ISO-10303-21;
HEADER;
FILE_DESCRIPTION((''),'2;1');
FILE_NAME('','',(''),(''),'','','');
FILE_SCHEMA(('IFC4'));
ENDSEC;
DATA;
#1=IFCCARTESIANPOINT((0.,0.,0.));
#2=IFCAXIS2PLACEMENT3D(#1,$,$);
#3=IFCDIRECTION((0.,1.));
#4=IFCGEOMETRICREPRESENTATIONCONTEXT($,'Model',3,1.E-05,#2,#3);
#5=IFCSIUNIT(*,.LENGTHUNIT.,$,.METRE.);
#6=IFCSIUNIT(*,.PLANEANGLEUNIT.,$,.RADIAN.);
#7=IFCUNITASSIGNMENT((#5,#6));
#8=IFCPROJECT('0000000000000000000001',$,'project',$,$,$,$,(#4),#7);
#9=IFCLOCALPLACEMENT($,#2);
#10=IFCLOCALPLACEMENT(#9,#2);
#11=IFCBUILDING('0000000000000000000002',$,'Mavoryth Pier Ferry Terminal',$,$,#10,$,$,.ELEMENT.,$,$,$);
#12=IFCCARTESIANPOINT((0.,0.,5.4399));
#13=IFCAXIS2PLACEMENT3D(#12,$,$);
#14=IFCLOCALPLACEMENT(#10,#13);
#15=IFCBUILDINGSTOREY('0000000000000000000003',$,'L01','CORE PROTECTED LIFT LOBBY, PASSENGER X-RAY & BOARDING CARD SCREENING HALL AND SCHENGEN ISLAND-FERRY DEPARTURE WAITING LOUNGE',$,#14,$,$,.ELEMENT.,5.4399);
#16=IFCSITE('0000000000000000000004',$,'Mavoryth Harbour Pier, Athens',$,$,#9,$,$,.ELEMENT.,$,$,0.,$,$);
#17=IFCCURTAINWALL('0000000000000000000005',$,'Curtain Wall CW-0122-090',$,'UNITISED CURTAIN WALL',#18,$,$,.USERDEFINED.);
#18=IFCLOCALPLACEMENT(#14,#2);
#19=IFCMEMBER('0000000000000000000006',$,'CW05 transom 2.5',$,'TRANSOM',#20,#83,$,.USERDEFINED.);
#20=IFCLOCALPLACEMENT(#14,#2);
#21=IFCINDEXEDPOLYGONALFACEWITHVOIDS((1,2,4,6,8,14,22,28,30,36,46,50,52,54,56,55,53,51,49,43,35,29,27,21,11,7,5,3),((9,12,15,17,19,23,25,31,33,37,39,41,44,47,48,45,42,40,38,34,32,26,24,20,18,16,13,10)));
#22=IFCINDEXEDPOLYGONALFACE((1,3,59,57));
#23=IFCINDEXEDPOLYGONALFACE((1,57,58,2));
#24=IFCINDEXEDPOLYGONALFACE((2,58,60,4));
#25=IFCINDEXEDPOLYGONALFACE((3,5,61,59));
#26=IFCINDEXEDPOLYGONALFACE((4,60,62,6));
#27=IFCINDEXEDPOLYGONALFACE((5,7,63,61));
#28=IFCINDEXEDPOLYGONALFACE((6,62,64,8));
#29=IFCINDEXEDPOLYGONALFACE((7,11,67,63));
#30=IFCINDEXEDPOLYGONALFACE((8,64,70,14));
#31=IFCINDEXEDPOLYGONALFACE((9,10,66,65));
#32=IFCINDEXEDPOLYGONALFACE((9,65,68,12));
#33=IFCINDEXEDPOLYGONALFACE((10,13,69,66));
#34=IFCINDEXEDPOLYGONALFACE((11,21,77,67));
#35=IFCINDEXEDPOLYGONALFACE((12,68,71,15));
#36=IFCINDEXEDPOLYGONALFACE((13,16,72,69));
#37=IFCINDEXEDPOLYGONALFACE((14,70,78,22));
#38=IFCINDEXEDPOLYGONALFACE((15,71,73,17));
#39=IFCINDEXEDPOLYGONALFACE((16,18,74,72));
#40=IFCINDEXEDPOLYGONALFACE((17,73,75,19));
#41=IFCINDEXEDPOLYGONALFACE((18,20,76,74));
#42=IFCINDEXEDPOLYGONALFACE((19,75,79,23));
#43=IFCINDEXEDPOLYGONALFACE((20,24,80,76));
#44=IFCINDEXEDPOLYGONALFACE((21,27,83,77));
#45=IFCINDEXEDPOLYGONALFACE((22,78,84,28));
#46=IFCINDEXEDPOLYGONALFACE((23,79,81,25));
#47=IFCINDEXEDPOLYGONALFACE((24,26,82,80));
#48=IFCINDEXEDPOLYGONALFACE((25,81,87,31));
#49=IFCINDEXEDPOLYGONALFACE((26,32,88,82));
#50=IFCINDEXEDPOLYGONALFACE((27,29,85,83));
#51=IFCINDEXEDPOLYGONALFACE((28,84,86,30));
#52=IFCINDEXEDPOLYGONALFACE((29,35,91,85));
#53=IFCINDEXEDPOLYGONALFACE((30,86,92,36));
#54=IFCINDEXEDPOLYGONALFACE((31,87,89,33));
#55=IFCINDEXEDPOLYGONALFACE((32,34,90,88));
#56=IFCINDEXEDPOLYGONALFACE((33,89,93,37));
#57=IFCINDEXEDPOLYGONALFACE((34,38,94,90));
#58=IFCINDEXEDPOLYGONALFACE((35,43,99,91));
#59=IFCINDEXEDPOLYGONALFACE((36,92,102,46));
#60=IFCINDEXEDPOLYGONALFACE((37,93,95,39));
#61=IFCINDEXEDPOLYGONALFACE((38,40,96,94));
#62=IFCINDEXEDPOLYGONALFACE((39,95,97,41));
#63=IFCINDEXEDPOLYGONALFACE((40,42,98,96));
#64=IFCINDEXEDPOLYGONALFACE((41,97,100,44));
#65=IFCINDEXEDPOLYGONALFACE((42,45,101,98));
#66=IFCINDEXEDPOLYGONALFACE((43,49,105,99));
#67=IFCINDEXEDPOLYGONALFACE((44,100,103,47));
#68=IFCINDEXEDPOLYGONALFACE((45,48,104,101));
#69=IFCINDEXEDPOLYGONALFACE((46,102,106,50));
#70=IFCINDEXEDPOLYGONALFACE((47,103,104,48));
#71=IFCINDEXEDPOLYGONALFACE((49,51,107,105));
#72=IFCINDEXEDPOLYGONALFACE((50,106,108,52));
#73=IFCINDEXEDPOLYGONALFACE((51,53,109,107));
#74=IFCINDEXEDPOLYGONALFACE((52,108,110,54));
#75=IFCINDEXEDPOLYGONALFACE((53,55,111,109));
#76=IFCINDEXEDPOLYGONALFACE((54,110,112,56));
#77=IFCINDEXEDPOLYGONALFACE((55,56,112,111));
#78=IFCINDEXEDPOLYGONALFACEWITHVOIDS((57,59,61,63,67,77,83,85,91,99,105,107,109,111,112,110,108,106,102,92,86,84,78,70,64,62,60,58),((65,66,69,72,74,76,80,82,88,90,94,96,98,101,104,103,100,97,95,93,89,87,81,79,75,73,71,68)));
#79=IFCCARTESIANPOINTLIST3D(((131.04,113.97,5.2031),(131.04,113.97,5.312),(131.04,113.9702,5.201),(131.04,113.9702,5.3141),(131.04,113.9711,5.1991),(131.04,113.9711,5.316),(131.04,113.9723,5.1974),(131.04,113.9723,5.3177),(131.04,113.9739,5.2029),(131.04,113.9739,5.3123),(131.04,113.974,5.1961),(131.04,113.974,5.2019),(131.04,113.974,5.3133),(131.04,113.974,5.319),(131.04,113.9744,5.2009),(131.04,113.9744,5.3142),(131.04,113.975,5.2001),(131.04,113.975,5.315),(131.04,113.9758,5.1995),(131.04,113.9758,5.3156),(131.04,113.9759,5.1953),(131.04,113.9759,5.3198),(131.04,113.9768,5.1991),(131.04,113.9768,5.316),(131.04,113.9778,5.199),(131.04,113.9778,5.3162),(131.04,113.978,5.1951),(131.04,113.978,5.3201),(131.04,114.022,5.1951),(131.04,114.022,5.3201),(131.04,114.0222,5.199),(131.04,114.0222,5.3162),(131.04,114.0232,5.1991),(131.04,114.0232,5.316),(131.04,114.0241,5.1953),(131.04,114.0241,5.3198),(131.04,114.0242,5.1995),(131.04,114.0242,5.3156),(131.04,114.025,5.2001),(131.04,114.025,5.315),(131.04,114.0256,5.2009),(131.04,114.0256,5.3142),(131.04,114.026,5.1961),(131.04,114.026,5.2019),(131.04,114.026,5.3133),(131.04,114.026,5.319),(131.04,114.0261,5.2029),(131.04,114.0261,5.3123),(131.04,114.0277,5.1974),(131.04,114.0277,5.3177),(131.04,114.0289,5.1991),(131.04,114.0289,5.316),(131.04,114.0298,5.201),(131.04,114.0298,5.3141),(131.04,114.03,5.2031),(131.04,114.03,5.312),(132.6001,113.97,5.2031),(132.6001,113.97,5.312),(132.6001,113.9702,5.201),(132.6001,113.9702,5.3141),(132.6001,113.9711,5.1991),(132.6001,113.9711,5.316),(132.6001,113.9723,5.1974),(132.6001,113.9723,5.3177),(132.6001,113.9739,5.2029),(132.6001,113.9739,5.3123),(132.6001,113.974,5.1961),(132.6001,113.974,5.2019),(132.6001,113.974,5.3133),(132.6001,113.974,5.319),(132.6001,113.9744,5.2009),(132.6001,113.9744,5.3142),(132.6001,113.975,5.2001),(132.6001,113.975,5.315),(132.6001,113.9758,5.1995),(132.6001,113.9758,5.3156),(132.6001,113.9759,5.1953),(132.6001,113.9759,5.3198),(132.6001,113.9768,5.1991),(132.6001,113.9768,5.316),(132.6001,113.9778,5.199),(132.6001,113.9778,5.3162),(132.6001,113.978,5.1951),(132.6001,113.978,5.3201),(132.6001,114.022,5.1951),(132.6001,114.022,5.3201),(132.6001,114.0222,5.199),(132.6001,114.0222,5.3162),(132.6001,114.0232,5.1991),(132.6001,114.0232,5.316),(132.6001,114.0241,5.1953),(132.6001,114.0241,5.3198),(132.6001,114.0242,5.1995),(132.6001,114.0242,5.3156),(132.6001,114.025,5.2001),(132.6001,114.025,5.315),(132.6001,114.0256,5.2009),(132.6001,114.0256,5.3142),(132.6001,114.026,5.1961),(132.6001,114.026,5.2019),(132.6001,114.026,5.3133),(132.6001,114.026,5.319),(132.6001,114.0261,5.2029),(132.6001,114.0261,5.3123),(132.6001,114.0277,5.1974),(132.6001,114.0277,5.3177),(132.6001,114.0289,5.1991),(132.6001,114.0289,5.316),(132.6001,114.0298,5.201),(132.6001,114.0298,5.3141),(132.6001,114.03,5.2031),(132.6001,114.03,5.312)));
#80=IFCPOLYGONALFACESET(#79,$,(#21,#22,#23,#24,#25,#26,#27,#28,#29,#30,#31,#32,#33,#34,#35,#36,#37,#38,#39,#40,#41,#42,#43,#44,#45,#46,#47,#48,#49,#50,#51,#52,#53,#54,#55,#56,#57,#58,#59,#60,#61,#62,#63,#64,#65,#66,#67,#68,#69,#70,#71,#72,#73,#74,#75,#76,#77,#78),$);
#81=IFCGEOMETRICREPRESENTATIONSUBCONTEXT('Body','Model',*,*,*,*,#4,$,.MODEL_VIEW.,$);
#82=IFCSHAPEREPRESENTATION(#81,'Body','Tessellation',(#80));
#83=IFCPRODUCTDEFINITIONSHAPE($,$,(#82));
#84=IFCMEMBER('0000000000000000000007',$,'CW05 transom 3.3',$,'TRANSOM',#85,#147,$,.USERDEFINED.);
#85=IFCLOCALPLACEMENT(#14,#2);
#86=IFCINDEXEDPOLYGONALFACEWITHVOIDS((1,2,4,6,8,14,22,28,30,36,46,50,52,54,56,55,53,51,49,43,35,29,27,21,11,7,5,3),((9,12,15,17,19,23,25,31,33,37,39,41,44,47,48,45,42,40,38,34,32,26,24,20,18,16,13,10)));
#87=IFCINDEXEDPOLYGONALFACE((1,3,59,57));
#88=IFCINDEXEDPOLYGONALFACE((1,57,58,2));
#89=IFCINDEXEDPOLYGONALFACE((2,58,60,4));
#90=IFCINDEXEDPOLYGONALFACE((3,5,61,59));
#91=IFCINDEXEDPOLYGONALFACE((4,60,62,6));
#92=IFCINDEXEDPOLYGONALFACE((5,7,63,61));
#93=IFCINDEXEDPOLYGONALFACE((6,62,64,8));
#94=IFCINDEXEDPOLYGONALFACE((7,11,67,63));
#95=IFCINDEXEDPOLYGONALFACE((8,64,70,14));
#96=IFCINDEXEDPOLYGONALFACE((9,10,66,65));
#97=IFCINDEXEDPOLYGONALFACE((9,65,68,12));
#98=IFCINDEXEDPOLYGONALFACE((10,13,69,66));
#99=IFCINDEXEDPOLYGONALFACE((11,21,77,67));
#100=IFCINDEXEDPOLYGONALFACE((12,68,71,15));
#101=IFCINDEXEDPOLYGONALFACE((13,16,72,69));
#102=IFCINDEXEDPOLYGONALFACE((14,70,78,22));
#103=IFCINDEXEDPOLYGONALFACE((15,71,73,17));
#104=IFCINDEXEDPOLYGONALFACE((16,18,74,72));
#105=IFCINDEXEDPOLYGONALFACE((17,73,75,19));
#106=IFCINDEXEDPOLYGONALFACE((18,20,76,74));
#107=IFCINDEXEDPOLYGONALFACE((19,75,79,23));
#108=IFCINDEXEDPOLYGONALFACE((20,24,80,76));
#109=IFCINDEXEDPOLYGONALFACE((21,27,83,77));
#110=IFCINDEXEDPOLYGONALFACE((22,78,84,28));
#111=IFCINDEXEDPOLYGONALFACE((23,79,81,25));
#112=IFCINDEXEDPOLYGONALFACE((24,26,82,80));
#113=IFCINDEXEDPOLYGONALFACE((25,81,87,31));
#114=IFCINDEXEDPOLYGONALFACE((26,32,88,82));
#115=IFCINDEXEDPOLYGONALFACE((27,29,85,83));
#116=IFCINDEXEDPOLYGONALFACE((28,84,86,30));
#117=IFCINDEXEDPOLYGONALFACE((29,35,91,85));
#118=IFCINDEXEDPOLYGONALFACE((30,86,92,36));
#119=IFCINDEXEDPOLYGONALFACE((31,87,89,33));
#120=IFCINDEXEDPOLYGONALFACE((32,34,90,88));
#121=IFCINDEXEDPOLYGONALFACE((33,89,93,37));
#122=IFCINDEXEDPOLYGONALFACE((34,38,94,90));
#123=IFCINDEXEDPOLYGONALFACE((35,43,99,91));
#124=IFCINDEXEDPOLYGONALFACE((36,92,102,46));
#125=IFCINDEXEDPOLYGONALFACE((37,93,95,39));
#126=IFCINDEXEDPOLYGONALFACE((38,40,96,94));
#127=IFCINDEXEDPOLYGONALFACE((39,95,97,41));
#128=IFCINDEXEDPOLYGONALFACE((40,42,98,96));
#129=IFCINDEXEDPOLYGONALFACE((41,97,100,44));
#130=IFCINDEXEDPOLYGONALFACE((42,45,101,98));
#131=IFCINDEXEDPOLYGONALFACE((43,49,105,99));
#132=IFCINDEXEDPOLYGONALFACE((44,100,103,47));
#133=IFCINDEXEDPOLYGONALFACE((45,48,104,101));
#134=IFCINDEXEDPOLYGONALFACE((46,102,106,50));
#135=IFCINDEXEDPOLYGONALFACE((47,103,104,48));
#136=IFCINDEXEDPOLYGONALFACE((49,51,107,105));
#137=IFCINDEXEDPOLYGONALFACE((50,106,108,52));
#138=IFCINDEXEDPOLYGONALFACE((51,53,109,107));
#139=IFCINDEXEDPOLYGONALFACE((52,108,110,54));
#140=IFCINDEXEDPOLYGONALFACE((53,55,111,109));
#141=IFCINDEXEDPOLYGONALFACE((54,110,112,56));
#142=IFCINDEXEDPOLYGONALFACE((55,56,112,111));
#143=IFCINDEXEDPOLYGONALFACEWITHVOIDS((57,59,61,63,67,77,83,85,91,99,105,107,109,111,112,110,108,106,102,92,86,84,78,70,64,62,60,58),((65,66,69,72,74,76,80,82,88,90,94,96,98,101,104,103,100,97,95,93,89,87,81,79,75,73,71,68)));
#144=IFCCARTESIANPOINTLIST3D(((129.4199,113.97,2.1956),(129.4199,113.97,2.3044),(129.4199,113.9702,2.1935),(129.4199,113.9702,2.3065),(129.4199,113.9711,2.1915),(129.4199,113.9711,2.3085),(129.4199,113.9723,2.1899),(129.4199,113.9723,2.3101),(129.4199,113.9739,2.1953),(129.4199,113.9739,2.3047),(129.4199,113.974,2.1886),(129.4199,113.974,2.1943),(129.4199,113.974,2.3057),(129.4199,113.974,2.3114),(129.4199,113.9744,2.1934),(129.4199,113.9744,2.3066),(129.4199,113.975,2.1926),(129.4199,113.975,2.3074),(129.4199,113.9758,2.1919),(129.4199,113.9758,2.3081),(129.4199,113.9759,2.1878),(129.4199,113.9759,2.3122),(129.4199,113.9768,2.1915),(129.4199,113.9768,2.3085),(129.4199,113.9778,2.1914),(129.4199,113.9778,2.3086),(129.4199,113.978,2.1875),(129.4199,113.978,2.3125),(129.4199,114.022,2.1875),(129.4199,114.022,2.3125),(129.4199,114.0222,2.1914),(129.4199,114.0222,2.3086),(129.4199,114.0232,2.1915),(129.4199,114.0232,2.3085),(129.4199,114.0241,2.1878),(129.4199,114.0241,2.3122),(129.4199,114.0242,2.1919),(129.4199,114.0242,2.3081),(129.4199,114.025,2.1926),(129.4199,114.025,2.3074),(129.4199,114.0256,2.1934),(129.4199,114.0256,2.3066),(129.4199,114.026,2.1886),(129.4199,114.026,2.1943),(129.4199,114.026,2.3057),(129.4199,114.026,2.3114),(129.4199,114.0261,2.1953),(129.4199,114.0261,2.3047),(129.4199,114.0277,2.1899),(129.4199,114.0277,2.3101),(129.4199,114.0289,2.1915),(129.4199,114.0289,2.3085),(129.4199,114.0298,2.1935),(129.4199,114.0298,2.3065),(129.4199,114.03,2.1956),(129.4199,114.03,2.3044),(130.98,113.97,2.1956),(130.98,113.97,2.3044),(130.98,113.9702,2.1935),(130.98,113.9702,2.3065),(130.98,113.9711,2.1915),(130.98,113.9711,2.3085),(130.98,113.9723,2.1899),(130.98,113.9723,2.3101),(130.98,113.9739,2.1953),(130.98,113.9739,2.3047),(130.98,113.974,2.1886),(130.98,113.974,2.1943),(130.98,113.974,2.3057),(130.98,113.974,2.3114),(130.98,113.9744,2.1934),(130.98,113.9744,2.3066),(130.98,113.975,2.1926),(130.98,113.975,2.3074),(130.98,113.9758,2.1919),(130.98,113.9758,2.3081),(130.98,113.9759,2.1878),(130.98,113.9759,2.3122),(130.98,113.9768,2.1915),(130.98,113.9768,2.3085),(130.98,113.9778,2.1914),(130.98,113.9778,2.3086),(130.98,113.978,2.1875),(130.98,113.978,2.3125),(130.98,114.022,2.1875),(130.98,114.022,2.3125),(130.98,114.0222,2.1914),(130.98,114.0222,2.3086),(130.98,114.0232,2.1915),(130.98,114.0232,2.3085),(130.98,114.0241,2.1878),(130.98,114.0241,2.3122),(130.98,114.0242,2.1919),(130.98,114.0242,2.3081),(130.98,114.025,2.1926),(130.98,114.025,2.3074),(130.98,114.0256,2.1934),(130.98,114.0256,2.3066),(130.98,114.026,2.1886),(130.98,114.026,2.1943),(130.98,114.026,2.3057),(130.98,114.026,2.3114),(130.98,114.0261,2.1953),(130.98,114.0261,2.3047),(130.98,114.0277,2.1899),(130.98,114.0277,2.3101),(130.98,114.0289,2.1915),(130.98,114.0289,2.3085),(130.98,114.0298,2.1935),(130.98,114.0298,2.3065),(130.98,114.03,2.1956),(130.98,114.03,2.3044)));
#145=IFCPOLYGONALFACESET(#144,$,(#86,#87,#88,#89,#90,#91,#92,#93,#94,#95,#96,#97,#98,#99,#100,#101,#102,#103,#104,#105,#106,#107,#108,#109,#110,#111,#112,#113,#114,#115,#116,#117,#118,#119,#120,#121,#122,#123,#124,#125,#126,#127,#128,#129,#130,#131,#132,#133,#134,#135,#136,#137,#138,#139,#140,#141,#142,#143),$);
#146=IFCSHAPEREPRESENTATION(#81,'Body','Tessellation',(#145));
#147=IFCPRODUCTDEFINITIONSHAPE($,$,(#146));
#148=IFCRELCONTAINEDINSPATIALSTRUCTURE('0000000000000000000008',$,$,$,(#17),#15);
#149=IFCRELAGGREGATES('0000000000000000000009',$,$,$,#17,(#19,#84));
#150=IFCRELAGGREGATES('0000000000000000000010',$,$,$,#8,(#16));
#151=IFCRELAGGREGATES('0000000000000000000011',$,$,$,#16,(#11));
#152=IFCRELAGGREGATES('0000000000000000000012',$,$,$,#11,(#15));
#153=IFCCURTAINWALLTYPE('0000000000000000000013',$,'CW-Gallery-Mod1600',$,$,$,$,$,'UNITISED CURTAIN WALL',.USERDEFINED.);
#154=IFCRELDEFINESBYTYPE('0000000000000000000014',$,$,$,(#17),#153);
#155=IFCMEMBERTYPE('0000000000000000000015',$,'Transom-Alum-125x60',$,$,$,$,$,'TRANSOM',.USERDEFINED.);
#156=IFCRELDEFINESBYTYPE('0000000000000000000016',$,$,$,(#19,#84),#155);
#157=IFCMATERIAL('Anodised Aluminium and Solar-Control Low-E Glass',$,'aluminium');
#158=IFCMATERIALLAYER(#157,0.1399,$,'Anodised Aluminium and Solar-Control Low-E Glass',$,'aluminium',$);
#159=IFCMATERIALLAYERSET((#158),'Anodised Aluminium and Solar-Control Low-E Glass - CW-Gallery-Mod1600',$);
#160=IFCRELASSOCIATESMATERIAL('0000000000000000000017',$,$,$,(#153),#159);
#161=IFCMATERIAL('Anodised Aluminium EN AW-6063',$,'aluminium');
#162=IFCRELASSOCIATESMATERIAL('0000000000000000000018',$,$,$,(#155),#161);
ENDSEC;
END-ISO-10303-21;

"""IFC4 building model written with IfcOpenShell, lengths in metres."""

from ifc_helpers import new_model, si_unit, direction, frame, origin, origin_2d, place, context, subcontext, project, spatial, hollow_rectangle, extrude, material, layer, layer_set, material_profile, profile_set, type_object, element, aggregate, save


model = new_model("IFC4")

# Units and contexts
model_context = context("Model", 3, precision=1e-05, world=origin(), true_north=direction((0.0, 1.0)))
body_context = subcontext(model_context, "Body", "Model", "MODEL_VIEW")
ifc_project = project(units=[si_unit("LENGTHUNIT", "METRE"), si_unit("PLANEANGLEUNIT", "RADIAN")], contexts=[model_context])

# Site, building, storey
site_placement = place(None, origin())
site = spatial("IfcSite", under=ifc_project, at=site_placement, Name="Mavoryth Harbour Pier, Athens", CompositionType="ELEMENT", RefElevation=0.0)
building_placement = place(site_placement, origin())
building = spatial("IfcBuilding", under=site, at=building_placement, Name="Mavoryth Pier Ferry Terminal", CompositionType="ELEMENT")
storey_placement = place(building_placement, frame((0.0, 0.0, 5.4399)))
storey = spatial("IfcBuildingStorey", under=building, at=storey_placement, Name="L01", Description="CORE PROTECTED LIFT LOBBY, PASSENGER X-RAY & BOARDING CARD SCREENING HALL AND SCHENGEN ISLAND-FERRY DEPARTURE WAITING LOUNGE", CompositionType="ELEMENT", Elevation=5.4399)

# Curtain wall
ifc_material_1 = material(Name="Anodised Aluminium and Solar-Control Low-E Glass", Category="aluminium")
ifc_layer_1 = layer(ifc_material_1, 0.1399, Name="Anodised Aluminium and Solar-Control Low-E Glass", Category="aluminium")
ifc_layer_set_1 = layer_set([ifc_layer_1], Name="Anodised Aluminium and Solar-Control Low-E Glass - CW-Gallery-Mod1600")
curtain_wall_type = type_object("IfcCurtainWallType", Name="CW-Gallery-Mod1600", ElementType="UNITISED CURTAIN WALL", PredefinedType="USERDEFINED", material=ifc_layer_set_1)
curtain_wall_1_placement = place(storey_placement, origin())
curtain_wall_1 = element("IfcCurtainWall", 1, at=curtain_wall_1_placement, inside=storey, type_object=curtain_wall_type, Name="Curtain Wall CW-0122-090", ObjectType="UNITISED CURTAIN WALL", PredefinedType="USERDEFINED")
ifc_material_2 = material(Name="Anodised Aluminium EN AW-6063", Category="aluminium")

# Members
ifc_material_profile_1 = material_profile(ifc_material_2, hollow_rectangle(XDim=0.0601, YDim=0.125, WallThickness=0.0039, InnerFilletRadius=0.0039, OuterFilletRadius=0.0081, at=origin_2d()), Name="AL-TRAN 125x60x4", Category="aluminium")
ifc_profile_set_1 = profile_set([ifc_material_profile_1], Name="Anodised Aluminium EN AW-6063 - AL-TRAN 125x60x4")
member_type_1 = type_object("IfcMemberType", Name="Transom-Alum-125x60", ElementType="TRANSOM", PredefinedType="USERDEFINED", material=ifc_profile_set_1)
member_1_placement = place(storey_placement, frame((132.6001, 114.0, 5.2576), z_axis=(-1.0, 0.0, 0.0), x_axis=(0.0, -1.0, 0.0)))
member_1 = element("IfcMember", 2, at=member_1_placement, type_object=member_type_1, Name="CW05 transom 2.5", ObjectType="TRANSOM", PredefinedType="USERDEFINED", context=body_context, shape_type="SweptSolid", body=[
    extrude(hollow_rectangle(XDim=0.0601, YDim=0.125, WallThickness=0.0039, InnerFilletRadius=0.0039, OuterFilletRadius=0.0081, at=origin_2d()), origin(), (0.0, 0.0, 1.0), 1.5601),
])
member_2_placement = place(storey_placement, frame((130.98, 114.0, 2.25), z_axis=(-1.0, 0.0, 0.0), x_axis=(0.0, -1.0, 0.0)))
member_2 = element("IfcMember", 3, at=member_2_placement, type_object=member_type_1, Name="CW05 transom 3.3", ObjectType="TRANSOM", PredefinedType="USERDEFINED", context=body_context, shape_type="SweptSolid", body=[
    extrude(hollow_rectangle(XDim=0.0601, YDim=0.125, WallThickness=0.0039, InnerFilletRadius=0.0039, OuterFilletRadius=0.0081, at=origin_2d()), origin(), (0.0, 0.0, 1.0), 1.5601),
])

aggregate(curtain_wall_1, [member_1, member_2])

save(model, "model.ifc")
